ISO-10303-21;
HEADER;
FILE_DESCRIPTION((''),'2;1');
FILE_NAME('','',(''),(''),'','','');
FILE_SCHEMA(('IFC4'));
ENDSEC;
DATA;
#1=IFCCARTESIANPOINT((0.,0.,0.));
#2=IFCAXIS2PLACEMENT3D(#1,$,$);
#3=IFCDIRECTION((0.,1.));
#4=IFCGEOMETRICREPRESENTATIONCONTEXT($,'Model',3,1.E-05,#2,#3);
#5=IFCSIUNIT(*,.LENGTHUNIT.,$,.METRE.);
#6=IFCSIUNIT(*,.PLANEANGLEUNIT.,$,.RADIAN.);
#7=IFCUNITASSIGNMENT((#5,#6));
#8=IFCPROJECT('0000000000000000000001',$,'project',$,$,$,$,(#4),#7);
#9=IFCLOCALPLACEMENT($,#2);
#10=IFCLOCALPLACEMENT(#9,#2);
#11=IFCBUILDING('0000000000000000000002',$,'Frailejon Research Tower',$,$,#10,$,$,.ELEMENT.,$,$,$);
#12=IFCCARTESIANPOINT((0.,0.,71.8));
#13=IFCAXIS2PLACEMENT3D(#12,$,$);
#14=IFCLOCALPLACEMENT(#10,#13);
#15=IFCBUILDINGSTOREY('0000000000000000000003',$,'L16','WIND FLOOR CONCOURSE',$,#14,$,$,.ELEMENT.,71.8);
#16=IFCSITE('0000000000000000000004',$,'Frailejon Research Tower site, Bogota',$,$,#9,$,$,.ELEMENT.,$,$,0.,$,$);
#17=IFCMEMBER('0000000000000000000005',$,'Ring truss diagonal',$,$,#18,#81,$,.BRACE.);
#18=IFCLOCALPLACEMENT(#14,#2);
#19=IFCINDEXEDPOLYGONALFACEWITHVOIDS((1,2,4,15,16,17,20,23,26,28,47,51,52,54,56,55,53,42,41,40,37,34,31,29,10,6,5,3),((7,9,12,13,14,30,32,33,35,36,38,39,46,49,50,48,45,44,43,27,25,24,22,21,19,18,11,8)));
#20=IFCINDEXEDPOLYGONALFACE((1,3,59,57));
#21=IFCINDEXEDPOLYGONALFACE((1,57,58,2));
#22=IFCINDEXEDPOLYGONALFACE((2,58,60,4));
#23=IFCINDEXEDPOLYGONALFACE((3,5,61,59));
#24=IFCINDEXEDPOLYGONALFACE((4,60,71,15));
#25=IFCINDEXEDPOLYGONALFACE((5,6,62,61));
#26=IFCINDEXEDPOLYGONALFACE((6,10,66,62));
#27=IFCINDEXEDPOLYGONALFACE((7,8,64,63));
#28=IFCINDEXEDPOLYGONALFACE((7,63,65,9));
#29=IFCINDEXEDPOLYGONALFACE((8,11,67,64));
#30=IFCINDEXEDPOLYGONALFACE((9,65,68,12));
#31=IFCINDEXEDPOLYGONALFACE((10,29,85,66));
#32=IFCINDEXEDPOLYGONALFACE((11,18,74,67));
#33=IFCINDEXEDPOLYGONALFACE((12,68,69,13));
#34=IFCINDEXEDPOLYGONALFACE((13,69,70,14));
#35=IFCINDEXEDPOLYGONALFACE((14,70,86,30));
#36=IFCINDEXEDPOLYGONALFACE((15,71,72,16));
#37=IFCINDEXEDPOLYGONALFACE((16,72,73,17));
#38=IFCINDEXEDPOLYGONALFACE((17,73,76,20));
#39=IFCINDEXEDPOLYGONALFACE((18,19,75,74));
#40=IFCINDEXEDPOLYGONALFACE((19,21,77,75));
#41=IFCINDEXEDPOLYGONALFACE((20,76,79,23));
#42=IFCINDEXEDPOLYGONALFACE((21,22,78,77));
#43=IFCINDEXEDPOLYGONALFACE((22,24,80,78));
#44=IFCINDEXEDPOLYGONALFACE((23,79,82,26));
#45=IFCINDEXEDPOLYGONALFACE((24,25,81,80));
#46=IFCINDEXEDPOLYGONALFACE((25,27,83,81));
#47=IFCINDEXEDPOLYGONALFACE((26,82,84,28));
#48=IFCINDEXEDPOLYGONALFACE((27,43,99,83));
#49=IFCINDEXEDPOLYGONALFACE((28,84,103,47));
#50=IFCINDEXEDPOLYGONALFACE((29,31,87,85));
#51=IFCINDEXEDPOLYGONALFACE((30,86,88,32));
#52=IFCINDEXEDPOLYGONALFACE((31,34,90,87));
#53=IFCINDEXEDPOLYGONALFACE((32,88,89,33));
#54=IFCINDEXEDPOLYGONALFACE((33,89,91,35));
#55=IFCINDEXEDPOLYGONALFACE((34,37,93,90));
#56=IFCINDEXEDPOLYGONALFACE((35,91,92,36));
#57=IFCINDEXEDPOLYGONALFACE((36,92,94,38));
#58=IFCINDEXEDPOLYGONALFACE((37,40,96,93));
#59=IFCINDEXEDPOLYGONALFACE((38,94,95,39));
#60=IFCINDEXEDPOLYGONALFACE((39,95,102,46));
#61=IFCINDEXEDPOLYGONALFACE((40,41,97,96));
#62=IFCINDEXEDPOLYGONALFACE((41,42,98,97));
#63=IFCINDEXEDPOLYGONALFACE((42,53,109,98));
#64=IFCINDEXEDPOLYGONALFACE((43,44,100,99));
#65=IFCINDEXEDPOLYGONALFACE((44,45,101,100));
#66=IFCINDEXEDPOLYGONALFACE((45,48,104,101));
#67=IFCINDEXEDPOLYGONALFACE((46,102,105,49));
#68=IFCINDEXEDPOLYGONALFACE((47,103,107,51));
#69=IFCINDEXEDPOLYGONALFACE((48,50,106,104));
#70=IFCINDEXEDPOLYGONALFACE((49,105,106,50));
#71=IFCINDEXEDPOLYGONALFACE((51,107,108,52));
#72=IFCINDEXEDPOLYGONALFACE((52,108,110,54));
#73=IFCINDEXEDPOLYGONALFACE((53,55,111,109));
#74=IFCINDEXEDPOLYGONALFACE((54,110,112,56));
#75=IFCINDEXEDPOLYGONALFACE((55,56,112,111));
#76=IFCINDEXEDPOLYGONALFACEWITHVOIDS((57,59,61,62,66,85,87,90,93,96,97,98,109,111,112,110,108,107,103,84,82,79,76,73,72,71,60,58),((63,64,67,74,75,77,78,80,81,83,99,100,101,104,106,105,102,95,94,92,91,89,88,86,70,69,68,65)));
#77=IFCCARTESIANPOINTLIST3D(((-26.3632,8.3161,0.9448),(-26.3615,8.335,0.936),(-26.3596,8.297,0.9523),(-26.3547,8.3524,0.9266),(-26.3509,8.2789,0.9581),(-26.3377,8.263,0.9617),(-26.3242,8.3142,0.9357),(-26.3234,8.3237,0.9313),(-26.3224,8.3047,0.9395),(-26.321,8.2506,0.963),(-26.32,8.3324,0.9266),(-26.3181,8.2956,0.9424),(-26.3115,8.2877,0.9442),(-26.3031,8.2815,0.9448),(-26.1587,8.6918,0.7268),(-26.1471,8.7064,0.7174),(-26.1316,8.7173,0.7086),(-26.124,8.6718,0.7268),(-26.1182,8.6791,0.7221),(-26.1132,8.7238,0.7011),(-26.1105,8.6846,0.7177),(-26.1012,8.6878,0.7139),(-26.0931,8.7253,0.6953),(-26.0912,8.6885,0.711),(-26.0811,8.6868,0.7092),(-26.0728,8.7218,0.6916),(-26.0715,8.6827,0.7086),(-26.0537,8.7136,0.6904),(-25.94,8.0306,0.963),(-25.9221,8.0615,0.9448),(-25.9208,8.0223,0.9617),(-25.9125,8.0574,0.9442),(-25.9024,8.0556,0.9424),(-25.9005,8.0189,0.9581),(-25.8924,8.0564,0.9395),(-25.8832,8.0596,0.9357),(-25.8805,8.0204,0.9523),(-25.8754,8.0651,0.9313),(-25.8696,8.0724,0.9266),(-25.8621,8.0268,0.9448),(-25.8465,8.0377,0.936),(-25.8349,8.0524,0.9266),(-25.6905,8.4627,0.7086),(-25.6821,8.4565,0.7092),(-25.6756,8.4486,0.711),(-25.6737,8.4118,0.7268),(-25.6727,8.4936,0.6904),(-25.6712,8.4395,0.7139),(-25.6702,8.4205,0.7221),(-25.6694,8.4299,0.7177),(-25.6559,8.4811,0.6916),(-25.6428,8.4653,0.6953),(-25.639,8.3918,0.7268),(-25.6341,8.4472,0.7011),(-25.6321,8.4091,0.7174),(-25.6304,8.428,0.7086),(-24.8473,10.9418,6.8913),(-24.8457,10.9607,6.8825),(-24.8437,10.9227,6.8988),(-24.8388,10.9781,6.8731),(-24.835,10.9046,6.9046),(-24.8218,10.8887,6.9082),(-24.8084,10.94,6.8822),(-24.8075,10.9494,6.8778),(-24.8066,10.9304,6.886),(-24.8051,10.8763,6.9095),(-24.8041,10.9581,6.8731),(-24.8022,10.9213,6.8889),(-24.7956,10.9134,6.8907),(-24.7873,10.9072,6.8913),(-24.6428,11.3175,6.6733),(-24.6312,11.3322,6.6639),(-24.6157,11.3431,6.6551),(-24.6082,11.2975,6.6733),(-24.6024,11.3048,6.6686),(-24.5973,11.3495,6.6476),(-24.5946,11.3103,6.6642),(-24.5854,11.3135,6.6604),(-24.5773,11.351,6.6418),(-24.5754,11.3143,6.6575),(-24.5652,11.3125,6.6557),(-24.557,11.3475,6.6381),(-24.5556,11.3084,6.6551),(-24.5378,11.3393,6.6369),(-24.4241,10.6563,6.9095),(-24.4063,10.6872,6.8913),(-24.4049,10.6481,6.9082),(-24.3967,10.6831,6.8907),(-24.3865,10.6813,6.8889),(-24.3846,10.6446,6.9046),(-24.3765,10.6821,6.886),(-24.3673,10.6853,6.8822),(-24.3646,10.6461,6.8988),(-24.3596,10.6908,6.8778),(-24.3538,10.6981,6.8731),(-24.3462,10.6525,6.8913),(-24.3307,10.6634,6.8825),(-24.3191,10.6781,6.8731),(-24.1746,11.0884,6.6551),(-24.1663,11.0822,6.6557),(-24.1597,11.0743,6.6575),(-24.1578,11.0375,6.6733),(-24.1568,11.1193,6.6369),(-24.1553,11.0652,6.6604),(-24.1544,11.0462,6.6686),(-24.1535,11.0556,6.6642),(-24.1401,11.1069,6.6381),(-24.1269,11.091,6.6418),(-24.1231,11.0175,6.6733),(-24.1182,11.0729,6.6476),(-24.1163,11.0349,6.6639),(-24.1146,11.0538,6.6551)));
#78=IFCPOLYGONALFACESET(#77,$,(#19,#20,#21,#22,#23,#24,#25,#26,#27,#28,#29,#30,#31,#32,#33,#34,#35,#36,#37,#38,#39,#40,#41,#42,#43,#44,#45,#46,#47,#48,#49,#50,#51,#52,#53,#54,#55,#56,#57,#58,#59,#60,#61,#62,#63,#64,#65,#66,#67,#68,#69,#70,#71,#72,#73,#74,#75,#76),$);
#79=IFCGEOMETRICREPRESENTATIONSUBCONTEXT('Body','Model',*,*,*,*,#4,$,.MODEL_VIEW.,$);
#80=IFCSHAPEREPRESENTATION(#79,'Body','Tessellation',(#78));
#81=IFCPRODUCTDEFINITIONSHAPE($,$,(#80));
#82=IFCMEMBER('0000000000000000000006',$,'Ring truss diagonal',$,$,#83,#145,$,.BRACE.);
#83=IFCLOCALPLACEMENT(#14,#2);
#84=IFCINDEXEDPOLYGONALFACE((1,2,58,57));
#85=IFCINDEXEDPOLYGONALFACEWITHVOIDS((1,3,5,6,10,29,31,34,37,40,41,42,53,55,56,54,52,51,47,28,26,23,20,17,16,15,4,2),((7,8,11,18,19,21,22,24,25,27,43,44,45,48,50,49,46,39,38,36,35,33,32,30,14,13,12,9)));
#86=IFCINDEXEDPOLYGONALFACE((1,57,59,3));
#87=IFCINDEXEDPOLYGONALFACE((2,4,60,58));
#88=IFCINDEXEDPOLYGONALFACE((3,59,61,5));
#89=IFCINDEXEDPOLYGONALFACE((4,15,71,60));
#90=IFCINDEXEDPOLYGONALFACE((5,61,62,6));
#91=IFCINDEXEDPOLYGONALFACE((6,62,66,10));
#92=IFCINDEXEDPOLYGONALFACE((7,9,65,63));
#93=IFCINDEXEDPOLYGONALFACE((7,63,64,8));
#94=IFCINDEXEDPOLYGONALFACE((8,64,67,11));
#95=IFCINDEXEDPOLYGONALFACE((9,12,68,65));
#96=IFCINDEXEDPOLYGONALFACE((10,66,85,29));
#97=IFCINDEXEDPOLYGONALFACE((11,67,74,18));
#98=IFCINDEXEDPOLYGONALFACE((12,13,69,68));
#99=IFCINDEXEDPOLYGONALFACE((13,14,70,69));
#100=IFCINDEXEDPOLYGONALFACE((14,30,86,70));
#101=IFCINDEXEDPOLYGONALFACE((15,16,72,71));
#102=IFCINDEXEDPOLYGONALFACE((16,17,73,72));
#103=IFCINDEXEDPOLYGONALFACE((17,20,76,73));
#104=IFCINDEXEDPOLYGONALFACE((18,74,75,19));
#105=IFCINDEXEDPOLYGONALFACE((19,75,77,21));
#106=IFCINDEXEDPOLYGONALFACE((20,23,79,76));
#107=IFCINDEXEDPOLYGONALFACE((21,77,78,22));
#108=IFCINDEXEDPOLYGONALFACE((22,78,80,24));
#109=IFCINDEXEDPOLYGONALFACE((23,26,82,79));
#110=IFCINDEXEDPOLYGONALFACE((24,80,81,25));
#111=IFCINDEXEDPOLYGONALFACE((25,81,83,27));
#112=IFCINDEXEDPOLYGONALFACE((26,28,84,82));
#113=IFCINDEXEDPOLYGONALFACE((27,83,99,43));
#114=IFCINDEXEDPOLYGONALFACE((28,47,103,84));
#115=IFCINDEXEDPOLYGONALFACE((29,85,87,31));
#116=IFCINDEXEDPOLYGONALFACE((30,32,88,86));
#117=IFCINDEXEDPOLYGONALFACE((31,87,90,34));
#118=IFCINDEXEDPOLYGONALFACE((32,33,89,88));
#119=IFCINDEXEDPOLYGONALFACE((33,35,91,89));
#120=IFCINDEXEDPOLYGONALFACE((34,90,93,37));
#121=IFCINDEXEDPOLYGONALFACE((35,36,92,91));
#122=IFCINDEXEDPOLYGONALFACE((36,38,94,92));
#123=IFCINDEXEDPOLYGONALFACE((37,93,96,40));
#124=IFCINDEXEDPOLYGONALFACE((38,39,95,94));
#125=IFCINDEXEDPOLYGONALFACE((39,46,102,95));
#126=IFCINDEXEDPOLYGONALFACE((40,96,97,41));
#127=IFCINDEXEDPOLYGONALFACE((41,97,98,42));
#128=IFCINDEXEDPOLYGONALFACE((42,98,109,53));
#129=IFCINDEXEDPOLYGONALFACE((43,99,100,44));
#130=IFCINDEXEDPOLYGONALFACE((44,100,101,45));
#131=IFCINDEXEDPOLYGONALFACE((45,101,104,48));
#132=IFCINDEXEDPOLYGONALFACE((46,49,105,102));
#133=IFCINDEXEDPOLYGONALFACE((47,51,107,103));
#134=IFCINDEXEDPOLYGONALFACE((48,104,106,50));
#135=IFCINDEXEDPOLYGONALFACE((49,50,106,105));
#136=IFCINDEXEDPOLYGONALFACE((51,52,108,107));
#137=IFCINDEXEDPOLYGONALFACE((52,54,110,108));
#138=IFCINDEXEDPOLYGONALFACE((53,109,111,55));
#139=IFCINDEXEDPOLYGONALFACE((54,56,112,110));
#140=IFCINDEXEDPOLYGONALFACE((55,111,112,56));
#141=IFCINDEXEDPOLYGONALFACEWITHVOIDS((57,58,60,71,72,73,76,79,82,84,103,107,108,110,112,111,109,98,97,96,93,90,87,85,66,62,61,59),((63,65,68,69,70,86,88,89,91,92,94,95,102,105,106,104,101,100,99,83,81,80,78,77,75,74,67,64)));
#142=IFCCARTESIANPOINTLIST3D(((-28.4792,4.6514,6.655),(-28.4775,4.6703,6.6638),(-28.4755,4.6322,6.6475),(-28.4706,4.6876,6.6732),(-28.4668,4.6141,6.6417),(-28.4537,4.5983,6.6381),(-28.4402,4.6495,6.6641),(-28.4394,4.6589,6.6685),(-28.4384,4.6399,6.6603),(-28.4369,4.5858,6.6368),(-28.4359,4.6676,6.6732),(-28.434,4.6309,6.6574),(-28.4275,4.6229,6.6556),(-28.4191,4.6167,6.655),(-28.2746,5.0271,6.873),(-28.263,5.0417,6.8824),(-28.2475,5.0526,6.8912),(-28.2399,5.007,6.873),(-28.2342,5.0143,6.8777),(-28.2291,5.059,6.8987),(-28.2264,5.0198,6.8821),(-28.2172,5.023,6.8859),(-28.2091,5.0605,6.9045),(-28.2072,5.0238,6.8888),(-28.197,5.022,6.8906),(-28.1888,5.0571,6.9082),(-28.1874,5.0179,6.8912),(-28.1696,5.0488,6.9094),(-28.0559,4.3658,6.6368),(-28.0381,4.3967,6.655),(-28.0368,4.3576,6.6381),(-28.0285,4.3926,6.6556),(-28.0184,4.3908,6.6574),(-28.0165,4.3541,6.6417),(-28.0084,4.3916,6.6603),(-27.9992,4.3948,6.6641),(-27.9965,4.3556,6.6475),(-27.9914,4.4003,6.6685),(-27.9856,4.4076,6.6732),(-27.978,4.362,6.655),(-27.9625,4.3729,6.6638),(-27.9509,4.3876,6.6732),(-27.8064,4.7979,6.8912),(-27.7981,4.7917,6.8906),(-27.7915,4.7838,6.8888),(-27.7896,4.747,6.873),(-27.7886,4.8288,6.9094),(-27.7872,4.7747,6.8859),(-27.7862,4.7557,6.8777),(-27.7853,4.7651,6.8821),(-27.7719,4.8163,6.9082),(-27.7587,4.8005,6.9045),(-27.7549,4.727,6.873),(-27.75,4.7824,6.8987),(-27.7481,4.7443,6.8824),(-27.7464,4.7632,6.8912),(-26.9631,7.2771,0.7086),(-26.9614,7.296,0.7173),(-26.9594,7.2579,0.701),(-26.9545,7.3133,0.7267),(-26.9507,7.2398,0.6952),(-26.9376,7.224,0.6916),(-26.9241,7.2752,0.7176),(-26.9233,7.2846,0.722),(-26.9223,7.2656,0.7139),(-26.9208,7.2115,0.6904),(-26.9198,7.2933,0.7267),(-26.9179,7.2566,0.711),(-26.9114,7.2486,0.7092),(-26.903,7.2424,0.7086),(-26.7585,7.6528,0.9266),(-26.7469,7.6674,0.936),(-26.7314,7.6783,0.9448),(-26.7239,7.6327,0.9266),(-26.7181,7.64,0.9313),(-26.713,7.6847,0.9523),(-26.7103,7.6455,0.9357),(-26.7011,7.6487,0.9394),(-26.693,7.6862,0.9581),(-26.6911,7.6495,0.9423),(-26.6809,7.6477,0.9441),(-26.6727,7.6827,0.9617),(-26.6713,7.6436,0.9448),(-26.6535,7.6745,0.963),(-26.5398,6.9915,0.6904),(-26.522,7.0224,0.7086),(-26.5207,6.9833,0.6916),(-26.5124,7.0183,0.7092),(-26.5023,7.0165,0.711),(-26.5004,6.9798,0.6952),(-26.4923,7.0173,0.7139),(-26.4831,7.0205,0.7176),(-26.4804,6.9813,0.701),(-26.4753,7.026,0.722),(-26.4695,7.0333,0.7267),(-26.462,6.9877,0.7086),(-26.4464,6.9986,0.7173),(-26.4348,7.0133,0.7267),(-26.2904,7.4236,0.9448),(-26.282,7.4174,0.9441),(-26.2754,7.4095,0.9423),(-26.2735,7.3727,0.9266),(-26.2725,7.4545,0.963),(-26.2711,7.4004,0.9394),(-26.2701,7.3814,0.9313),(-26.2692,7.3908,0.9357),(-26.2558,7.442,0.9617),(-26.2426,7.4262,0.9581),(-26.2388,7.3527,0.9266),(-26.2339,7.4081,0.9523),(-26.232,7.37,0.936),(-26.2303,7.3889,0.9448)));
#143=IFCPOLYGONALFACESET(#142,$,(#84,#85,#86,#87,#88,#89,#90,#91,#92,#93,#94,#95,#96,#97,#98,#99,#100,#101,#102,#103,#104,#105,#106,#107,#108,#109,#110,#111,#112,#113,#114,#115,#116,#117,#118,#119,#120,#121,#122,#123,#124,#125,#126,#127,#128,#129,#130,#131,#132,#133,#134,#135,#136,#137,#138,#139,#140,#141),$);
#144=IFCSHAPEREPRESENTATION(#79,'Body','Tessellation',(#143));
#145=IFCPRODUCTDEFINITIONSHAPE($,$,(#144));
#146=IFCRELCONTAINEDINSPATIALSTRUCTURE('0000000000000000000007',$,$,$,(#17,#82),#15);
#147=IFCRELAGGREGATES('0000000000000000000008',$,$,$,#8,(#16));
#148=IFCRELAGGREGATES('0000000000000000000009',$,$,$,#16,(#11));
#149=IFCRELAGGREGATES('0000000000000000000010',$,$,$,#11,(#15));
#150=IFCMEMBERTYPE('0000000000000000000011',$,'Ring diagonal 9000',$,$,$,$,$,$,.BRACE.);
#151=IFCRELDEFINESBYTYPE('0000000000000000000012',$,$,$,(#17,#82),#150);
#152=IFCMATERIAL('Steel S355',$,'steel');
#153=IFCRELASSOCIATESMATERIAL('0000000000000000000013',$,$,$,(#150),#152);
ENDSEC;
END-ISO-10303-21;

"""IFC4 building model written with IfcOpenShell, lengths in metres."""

from ifc_helpers import new_model, si_unit, direction, frame, origin, origin_2d, place, context, subcontext, project, spatial, hollow_rectangle, extrude, material, material_profile, profile_set, type_object, element, save


model = new_model("IFC4")

# Units and contexts
model_context = context("Model", 3, precision=1e-05, world=origin(), true_north=direction((0.0, 1.0)))
body_context = subcontext(model_context, "Body", "Model", "MODEL_VIEW")
ifc_project = project(units=[si_unit("LENGTHUNIT", "METRE"), si_unit("PLANEANGLEUNIT", "RADIAN")], contexts=[model_context])

# Site, building, storey
site_placement = place(None, origin())
site = spatial("IfcSite", under=ifc_project, at=site_placement, Name="Frailejon Research Tower site, Bogota", CompositionType="ELEMENT", RefElevation=0.0)
building_placement = place(site_placement, origin())
building = spatial("IfcBuilding", under=site, at=building_placement, Name="Frailejon Research Tower", CompositionType="ELEMENT")
storey_placement = place(building_placement, frame((0.0, 0.0, 71.8)))
storey = spatial("IfcBuildingStorey", under=building, at=storey_placement, Name="L16", Description="WIND FLOOR CONCOURSE", CompositionType="ELEMENT", Elevation=71.8)

# Members
ifc_material_1 = material(Name="Steel S355", Category="steel")
ifc_material_profile_1 = material_profile(ifc_material_1, hollow_rectangle(XDim=0.6001, YDim=0.6001, WallThickness=0.04, InnerFilletRadius=0.04, OuterFilletRadius=0.0801, at=origin_2d()), Name="Ring diagonal 9000")
ifc_profile_set_1 = profile_set([ifc_material_profile_1], Name="Steel S355")
member_type = type_object("IfcMemberType", Name="Ring diagonal 9000", PredefinedType="BRACE", material=ifc_profile_set_1)
for number, where, z_axis, x_axis, name in (
    (1, (-24.481, 10.9978, 6.7732), (-0.227102, -0.393377, -0.890887), (0.866039, -0.499976, 0.0), "Ring truss diagonal"),
    (2, (-26.5967, 7.333, 0.8267), (-0.227136, -0.393374, 0.890879), (0.866005, -0.500036, 0.0), "Ring truss diagonal"),
):
    element("IfcMember", number, at=place(storey_placement, frame(where, z_axis=z_axis, x_axis=x_axis)), inside=storey, type_object=member_type, Name=name, PredefinedType="BRACE", context=body_context, shape_type="SweptSolid", body=[
        extrude(hollow_rectangle(XDim=0.6001, YDim=0.6001, WallThickness=0.04, InnerFilletRadius=0.04, OuterFilletRadius=0.0801, at=origin_2d()), origin(), (0.0, 0.0, 1.0), 6.6748),
    ])

save(model, "model.ifc")
